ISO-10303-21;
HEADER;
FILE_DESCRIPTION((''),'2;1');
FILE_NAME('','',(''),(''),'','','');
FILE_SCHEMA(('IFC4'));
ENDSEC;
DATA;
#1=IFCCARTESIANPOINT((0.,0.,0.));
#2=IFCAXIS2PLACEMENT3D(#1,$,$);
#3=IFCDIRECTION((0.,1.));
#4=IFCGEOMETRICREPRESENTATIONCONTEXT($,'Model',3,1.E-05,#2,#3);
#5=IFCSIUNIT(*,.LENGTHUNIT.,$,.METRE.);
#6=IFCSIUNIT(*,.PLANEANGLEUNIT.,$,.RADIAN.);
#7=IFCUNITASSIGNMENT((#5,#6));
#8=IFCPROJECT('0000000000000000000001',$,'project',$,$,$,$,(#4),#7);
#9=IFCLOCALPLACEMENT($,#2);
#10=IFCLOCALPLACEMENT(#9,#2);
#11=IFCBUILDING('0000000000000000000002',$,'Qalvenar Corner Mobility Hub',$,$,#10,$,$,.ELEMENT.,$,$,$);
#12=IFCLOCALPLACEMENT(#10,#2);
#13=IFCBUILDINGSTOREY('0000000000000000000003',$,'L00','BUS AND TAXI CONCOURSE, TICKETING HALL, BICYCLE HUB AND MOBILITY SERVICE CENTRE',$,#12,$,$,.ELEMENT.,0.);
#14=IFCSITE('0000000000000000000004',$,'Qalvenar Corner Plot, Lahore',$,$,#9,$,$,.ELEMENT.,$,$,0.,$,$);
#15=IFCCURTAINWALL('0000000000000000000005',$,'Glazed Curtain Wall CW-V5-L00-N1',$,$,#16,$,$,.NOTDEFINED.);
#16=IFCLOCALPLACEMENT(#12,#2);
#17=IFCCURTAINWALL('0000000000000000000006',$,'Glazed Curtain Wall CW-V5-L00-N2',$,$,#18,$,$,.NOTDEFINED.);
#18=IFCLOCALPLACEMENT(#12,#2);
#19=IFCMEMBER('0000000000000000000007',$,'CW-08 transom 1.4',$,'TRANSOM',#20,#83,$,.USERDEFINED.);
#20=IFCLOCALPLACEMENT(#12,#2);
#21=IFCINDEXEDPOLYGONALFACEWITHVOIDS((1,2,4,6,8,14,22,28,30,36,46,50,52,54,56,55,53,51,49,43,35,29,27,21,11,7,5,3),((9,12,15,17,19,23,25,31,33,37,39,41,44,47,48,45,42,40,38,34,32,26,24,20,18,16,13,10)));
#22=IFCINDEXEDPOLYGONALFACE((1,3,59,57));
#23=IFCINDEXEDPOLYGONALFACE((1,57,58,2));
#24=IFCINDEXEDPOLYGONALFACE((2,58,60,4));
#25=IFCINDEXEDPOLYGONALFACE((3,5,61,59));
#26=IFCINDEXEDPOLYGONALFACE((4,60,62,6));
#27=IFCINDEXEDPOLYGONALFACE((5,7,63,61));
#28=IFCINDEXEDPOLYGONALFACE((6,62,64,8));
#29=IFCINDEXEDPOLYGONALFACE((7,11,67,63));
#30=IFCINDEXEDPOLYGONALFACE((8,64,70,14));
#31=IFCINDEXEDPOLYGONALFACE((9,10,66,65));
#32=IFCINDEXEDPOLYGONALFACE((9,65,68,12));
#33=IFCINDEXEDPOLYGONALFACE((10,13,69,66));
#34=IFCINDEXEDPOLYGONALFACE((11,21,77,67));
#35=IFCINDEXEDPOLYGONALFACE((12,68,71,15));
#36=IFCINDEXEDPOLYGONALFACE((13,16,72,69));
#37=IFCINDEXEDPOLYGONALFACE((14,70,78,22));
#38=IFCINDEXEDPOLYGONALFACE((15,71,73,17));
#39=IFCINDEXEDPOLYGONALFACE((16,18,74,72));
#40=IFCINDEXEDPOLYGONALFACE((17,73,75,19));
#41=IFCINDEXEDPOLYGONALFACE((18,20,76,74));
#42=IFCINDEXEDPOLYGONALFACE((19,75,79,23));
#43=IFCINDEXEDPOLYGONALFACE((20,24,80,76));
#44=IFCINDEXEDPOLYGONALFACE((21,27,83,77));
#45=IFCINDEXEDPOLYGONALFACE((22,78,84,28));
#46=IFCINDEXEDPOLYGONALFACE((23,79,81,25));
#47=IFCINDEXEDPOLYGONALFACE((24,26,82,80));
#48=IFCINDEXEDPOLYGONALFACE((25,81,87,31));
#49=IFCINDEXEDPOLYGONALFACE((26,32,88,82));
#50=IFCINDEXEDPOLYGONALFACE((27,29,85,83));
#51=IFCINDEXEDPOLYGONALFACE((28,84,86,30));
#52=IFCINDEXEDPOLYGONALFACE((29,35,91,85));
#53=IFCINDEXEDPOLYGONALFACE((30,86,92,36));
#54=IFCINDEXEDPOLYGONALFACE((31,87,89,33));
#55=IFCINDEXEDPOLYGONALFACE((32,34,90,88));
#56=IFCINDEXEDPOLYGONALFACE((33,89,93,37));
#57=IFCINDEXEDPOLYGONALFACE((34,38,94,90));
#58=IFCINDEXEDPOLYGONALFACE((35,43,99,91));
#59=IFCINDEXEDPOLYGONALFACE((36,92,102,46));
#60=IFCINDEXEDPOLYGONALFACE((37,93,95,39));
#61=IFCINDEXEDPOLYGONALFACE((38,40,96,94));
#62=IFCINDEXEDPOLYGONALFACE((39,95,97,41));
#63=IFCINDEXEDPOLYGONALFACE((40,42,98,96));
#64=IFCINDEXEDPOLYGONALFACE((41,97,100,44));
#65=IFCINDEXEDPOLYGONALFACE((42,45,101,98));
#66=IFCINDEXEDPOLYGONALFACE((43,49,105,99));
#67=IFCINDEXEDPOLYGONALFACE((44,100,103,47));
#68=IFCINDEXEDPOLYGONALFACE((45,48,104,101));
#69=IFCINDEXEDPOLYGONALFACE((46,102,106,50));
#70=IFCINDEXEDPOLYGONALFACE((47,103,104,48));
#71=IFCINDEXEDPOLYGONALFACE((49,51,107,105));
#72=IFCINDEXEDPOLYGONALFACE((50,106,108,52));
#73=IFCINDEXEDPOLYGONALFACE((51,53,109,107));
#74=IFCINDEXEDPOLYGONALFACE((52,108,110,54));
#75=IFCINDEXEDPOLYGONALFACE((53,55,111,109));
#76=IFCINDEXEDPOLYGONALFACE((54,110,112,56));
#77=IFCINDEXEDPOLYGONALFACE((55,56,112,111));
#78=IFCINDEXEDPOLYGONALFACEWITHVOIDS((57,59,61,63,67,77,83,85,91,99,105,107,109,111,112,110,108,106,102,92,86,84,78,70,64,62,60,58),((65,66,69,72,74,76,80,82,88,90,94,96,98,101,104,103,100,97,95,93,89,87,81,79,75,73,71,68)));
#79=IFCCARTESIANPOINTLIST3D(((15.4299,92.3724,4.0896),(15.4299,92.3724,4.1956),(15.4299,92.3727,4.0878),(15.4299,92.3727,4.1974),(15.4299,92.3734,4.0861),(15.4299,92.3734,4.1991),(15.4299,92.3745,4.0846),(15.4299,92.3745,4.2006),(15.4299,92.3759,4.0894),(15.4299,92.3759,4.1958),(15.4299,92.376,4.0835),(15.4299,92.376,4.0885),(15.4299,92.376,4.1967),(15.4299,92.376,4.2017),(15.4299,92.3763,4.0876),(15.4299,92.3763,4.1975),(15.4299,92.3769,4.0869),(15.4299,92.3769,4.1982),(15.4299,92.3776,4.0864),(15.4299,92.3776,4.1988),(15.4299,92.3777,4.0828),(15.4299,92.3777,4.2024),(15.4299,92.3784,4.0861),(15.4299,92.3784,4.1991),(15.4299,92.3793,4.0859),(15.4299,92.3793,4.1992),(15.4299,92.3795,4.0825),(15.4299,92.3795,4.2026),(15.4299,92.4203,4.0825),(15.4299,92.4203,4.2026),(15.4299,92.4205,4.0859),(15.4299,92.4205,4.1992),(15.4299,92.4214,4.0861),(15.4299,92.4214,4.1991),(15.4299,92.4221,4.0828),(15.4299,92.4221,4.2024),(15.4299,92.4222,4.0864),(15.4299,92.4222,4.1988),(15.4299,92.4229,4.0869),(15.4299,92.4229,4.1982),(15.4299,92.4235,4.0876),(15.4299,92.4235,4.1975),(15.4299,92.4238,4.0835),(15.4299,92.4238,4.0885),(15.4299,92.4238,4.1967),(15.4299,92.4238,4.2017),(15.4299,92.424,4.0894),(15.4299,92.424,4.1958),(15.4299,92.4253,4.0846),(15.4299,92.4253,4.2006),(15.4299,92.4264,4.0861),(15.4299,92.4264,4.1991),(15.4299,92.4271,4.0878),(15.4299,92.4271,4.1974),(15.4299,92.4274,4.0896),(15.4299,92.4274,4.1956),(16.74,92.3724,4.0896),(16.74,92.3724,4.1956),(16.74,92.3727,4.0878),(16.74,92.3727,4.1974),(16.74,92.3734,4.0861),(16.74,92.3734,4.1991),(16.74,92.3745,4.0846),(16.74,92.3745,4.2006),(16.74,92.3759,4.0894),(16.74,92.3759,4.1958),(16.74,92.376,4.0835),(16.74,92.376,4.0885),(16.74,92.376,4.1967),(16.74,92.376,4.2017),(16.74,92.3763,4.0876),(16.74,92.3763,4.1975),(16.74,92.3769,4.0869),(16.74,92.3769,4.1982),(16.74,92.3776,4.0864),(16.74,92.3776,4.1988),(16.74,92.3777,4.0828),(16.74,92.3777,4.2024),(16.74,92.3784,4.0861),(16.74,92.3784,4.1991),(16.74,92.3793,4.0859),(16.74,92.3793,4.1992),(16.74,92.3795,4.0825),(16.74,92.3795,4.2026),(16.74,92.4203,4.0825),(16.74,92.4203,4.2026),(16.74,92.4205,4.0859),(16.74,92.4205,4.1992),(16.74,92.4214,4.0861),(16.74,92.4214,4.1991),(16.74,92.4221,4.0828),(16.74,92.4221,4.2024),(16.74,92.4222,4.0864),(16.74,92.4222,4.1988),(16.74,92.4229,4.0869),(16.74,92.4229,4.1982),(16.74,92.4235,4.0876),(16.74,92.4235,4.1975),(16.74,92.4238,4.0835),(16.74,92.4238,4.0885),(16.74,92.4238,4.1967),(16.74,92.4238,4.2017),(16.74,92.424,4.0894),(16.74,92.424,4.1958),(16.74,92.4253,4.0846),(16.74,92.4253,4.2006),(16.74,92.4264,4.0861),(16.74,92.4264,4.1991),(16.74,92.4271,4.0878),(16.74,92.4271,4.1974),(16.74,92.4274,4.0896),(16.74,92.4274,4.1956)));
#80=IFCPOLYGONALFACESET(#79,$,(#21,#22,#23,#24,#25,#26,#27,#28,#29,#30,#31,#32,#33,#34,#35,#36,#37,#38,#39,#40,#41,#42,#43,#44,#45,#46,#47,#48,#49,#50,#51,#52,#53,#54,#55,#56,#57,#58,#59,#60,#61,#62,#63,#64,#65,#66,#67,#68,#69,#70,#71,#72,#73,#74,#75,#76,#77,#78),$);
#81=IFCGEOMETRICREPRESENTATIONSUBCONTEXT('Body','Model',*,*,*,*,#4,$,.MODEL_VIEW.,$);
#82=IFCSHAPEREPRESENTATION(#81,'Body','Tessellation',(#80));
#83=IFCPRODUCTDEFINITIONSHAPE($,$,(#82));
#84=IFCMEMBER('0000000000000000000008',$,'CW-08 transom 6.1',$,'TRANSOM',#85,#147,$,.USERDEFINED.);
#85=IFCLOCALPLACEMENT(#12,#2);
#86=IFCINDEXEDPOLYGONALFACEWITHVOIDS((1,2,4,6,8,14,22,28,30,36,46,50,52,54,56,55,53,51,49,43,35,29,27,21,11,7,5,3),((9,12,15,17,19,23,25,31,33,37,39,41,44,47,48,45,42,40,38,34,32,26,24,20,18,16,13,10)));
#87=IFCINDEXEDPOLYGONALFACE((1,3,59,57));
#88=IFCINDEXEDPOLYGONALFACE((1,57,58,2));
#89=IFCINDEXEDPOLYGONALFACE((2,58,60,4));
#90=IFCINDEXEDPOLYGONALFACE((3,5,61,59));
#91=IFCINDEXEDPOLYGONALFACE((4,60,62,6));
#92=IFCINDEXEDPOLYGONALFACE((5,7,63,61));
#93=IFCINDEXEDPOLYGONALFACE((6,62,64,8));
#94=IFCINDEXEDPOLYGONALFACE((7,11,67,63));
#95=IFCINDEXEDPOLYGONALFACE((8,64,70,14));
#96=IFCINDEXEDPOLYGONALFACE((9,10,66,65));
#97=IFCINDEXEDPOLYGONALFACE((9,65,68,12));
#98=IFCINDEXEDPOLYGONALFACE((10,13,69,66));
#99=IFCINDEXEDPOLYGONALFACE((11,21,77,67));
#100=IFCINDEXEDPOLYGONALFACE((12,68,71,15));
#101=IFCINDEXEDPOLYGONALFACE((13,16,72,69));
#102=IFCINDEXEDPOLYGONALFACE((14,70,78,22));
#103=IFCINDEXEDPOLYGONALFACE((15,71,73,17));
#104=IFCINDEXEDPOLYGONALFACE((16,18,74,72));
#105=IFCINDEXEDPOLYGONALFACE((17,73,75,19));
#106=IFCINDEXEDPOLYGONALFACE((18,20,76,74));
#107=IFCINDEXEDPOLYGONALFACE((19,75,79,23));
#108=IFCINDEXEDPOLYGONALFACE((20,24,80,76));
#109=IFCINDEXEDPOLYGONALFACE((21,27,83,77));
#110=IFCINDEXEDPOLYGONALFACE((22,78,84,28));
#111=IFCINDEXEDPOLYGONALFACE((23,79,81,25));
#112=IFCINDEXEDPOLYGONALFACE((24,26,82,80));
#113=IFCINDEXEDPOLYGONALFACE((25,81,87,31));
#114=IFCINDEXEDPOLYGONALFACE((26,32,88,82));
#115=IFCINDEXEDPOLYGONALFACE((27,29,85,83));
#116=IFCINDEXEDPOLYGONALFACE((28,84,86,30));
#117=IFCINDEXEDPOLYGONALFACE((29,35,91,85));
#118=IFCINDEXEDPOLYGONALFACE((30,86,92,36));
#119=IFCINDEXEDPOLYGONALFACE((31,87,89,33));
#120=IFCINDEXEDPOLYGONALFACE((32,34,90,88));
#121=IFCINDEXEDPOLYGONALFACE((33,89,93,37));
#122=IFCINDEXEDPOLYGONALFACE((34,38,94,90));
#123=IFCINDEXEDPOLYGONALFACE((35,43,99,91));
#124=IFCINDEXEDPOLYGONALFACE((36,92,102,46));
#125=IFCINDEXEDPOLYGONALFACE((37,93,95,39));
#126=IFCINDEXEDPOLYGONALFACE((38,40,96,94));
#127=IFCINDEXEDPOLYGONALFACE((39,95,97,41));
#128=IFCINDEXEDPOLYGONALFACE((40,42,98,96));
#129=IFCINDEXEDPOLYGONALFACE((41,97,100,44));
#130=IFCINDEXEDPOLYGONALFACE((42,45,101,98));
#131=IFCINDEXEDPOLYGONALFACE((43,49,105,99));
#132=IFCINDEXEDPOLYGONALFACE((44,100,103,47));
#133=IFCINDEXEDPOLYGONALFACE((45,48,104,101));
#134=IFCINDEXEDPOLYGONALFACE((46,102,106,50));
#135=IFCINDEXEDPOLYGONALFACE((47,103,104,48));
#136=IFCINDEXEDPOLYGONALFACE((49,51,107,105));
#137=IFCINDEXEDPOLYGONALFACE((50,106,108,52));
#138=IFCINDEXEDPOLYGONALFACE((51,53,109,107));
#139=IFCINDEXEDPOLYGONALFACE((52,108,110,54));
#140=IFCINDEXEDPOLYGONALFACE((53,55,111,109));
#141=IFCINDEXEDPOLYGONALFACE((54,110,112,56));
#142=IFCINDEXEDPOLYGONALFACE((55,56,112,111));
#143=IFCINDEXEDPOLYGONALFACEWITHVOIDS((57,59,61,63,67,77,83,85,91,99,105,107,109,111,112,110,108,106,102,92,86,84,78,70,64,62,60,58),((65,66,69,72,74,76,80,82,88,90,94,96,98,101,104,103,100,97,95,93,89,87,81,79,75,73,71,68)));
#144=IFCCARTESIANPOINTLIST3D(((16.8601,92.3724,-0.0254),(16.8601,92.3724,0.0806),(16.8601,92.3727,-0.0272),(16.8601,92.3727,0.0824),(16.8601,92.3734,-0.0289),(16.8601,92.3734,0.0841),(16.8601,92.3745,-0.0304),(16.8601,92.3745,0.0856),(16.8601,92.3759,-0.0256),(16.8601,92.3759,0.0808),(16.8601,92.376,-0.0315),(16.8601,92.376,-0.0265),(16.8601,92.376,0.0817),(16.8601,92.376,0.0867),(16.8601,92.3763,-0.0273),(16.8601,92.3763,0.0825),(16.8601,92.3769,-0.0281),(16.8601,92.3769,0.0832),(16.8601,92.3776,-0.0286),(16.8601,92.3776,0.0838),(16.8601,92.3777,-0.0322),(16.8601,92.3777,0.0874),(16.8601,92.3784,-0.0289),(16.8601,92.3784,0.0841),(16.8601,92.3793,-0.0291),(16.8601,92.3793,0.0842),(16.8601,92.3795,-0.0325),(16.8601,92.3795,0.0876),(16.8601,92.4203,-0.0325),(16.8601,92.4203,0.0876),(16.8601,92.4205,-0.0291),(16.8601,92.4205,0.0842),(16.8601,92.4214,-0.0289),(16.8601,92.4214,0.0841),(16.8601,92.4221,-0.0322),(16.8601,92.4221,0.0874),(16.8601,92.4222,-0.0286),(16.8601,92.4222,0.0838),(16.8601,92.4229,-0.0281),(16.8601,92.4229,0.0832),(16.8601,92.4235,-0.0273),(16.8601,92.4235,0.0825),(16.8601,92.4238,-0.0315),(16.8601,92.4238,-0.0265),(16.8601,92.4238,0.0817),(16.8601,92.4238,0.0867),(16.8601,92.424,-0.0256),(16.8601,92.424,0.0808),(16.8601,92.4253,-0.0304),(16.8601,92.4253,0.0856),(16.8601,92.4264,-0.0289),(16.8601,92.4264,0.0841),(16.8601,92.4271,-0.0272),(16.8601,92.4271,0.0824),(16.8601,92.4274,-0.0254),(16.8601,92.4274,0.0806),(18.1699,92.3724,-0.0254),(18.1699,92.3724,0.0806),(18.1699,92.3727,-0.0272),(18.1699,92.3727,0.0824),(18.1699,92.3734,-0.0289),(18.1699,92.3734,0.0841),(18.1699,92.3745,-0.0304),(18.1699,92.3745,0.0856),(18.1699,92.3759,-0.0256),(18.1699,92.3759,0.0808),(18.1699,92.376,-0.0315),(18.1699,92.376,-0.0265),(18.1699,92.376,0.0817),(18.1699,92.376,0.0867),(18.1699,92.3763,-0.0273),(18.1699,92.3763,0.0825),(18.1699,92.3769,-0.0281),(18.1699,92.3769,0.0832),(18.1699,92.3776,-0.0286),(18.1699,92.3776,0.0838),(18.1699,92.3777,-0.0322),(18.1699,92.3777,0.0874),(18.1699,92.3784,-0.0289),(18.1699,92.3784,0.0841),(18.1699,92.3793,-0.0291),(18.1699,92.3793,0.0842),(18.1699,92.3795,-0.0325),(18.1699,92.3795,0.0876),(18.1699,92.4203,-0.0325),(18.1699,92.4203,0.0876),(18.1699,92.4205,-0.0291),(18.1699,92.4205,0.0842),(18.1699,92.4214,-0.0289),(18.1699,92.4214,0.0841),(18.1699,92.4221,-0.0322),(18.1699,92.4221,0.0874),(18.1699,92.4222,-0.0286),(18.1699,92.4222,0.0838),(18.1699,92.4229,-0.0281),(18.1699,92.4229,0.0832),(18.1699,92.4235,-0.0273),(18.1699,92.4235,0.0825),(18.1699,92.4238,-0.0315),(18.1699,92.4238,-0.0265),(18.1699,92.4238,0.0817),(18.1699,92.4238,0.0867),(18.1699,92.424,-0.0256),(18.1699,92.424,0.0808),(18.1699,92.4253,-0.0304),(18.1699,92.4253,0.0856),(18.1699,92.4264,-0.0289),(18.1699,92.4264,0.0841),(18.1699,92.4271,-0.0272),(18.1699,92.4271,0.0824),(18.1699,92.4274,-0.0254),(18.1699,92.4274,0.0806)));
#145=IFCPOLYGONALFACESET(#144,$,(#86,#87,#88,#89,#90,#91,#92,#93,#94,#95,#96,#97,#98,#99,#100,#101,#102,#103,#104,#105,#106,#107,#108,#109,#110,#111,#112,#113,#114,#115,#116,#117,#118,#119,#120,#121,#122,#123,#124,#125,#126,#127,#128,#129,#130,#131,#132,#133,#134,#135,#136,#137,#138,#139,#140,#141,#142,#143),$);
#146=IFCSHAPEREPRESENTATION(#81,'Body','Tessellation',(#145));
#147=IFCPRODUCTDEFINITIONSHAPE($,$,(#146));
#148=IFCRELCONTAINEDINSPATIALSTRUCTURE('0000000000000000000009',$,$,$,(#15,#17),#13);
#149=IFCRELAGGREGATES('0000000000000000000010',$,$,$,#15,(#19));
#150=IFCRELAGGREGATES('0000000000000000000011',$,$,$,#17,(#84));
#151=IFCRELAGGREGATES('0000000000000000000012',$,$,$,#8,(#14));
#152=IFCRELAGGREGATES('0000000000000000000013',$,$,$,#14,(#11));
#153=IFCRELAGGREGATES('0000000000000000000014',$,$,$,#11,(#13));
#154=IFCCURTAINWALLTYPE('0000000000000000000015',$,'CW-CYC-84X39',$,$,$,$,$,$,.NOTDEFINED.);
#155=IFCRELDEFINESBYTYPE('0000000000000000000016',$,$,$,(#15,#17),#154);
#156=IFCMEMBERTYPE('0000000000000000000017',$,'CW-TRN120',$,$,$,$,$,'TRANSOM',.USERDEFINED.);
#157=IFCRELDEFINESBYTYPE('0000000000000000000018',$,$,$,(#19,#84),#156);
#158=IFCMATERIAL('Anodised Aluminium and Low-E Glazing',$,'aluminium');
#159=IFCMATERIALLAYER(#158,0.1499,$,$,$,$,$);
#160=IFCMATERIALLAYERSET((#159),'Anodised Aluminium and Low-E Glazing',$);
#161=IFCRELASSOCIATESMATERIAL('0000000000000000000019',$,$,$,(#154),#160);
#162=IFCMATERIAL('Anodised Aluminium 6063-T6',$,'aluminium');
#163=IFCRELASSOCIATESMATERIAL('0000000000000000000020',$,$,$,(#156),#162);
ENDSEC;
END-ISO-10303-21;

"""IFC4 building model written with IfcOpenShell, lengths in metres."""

from ifc_helpers import new_model, si_unit, direction, frame, origin, origin_2d, place, context, subcontext, project, spatial, hollow_rectangle, extrude, material, layer, layer_set, material_profile, profile_set, type_object, element, aggregate, save


model = new_model("IFC4")

# Units and contexts
model_context = context("Model", 3, precision=1e-05, world=origin(), true_north=direction((0.0, 1.0)))
body_context = subcontext(model_context, "Body", "Model", "MODEL_VIEW")
ifc_project = project(units=[si_unit("LENGTHUNIT", "METRE"), si_unit("PLANEANGLEUNIT", "RADIAN")], contexts=[model_context])

# Site, building, storey
site_placement = place(None, origin())
site = spatial("IfcSite", under=ifc_project, at=site_placement, Name="Qalvenar Corner Plot, Lahore", CompositionType="ELEMENT", RefElevation=0.0)
building_placement = place(site_placement, origin())
building = spatial("IfcBuilding", under=site, at=building_placement, Name="Qalvenar Corner Mobility Hub", CompositionType="ELEMENT")
storey_placement = place(building_placement, origin())
storey = spatial("IfcBuildingStorey", under=building, at=storey_placement, Name="L00", Description="BUS AND TAXI CONCOURSE, TICKETING HALL, BICYCLE HUB AND MOBILITY SERVICE CENTRE", CompositionType="ELEMENT", Elevation=0.0)

# Curtain wall
ifc_material_1 = material(Name="Anodised Aluminium and Low-E Glazing", Category="aluminium")
ifc_layer_1 = layer(ifc_material_1, 0.1499)
ifc_layer_set_1 = layer_set([ifc_layer_1], Name="Anodised Aluminium and Low-E Glazing")
curtain_wall_type = type_object("IfcCurtainWallType", Name="CW-CYC-84X39", PredefinedType="NOTDEFINED", material=ifc_layer_set_1)
curtain_wall_1_placement = place(storey_placement, origin())
curtain_wall_1 = element("IfcCurtainWall", 1, at=curtain_wall_1_placement, inside=storey, type_object=curtain_wall_type, Name="Glazed Curtain Wall CW-V5-L00-N1", PredefinedType="NOTDEFINED")
ifc_material_2 = material(Name="Anodised Aluminium 6063-T6", Category="aluminium")

# Curtain wall
curtain_wall_2_placement = place(storey_placement, origin())
curtain_wall_2 = element("IfcCurtainWall", 2, at=curtain_wall_2_placement, inside=storey, type_object=curtain_wall_type, Name="Glazed Curtain Wall CW-V5-L00-N2", PredefinedType="NOTDEFINED")

# Members
ifc_material_profile_1 = material_profile(ifc_material_2, hollow_rectangle(XDim=0.0549, YDim=0.1201, WallThickness=0.0034, InnerFilletRadius=0.0034, OuterFilletRadius=0.0071, at=origin_2d()), Name="RHS120x55x3.5")
ifc_profile_set_1 = profile_set([ifc_material_profile_1], Name="Anodised Aluminium 6063-T6")
member_type_1 = type_object("IfcMemberType", Name="CW-TRN120", ElementType="TRANSOM", PredefinedType="USERDEFINED", material=ifc_profile_set_1)
member_1_placement = place(storey_placement, frame((16.74, 92.3999, 4.1426), z_axis=(-1.0, 0.0, 0.0), x_axis=(0.0, -1.0, 0.0)))
member_1 = element("IfcMember", 3, at=member_1_placement, type_object=member_type_1, Name="CW-08 transom 1.4", ObjectType="TRANSOM", PredefinedType="USERDEFINED", context=body_context, shape_type="SweptSolid", body=[
    extrude(hollow_rectangle(XDim=0.0549, YDim=0.1201, WallThickness=0.0034, InnerFilletRadius=0.0034, OuterFilletRadius=0.0071, at=origin_2d()), origin(), (0.0, 0.0, 1.0), 1.3101),
])
member_2_placement = place(storey_placement, frame((18.1699, 92.3999, 0.0276), z_axis=(-1.0, 0.0, 0.0), x_axis=(0.0, -1.0, 0.0)))
member_2 = element("IfcMember", 4, at=member_2_placement, type_object=member_type_1, Name="CW-08 transom 6.1", ObjectType="TRANSOM", PredefinedType="USERDEFINED", context=body_context, shape_type="SweptSolid", body=[
    extrude(hollow_rectangle(XDim=0.0549, YDim=0.1201, WallThickness=0.0034, InnerFilletRadius=0.0034, OuterFilletRadius=0.0071, at=origin_2d()), origin(), (0.0, 0.0, 1.0), 1.3098),
])

aggregate(curtain_wall_1, [member_1])
aggregate(curtain_wall_2, [member_2])

save(model, "model.ifc")
